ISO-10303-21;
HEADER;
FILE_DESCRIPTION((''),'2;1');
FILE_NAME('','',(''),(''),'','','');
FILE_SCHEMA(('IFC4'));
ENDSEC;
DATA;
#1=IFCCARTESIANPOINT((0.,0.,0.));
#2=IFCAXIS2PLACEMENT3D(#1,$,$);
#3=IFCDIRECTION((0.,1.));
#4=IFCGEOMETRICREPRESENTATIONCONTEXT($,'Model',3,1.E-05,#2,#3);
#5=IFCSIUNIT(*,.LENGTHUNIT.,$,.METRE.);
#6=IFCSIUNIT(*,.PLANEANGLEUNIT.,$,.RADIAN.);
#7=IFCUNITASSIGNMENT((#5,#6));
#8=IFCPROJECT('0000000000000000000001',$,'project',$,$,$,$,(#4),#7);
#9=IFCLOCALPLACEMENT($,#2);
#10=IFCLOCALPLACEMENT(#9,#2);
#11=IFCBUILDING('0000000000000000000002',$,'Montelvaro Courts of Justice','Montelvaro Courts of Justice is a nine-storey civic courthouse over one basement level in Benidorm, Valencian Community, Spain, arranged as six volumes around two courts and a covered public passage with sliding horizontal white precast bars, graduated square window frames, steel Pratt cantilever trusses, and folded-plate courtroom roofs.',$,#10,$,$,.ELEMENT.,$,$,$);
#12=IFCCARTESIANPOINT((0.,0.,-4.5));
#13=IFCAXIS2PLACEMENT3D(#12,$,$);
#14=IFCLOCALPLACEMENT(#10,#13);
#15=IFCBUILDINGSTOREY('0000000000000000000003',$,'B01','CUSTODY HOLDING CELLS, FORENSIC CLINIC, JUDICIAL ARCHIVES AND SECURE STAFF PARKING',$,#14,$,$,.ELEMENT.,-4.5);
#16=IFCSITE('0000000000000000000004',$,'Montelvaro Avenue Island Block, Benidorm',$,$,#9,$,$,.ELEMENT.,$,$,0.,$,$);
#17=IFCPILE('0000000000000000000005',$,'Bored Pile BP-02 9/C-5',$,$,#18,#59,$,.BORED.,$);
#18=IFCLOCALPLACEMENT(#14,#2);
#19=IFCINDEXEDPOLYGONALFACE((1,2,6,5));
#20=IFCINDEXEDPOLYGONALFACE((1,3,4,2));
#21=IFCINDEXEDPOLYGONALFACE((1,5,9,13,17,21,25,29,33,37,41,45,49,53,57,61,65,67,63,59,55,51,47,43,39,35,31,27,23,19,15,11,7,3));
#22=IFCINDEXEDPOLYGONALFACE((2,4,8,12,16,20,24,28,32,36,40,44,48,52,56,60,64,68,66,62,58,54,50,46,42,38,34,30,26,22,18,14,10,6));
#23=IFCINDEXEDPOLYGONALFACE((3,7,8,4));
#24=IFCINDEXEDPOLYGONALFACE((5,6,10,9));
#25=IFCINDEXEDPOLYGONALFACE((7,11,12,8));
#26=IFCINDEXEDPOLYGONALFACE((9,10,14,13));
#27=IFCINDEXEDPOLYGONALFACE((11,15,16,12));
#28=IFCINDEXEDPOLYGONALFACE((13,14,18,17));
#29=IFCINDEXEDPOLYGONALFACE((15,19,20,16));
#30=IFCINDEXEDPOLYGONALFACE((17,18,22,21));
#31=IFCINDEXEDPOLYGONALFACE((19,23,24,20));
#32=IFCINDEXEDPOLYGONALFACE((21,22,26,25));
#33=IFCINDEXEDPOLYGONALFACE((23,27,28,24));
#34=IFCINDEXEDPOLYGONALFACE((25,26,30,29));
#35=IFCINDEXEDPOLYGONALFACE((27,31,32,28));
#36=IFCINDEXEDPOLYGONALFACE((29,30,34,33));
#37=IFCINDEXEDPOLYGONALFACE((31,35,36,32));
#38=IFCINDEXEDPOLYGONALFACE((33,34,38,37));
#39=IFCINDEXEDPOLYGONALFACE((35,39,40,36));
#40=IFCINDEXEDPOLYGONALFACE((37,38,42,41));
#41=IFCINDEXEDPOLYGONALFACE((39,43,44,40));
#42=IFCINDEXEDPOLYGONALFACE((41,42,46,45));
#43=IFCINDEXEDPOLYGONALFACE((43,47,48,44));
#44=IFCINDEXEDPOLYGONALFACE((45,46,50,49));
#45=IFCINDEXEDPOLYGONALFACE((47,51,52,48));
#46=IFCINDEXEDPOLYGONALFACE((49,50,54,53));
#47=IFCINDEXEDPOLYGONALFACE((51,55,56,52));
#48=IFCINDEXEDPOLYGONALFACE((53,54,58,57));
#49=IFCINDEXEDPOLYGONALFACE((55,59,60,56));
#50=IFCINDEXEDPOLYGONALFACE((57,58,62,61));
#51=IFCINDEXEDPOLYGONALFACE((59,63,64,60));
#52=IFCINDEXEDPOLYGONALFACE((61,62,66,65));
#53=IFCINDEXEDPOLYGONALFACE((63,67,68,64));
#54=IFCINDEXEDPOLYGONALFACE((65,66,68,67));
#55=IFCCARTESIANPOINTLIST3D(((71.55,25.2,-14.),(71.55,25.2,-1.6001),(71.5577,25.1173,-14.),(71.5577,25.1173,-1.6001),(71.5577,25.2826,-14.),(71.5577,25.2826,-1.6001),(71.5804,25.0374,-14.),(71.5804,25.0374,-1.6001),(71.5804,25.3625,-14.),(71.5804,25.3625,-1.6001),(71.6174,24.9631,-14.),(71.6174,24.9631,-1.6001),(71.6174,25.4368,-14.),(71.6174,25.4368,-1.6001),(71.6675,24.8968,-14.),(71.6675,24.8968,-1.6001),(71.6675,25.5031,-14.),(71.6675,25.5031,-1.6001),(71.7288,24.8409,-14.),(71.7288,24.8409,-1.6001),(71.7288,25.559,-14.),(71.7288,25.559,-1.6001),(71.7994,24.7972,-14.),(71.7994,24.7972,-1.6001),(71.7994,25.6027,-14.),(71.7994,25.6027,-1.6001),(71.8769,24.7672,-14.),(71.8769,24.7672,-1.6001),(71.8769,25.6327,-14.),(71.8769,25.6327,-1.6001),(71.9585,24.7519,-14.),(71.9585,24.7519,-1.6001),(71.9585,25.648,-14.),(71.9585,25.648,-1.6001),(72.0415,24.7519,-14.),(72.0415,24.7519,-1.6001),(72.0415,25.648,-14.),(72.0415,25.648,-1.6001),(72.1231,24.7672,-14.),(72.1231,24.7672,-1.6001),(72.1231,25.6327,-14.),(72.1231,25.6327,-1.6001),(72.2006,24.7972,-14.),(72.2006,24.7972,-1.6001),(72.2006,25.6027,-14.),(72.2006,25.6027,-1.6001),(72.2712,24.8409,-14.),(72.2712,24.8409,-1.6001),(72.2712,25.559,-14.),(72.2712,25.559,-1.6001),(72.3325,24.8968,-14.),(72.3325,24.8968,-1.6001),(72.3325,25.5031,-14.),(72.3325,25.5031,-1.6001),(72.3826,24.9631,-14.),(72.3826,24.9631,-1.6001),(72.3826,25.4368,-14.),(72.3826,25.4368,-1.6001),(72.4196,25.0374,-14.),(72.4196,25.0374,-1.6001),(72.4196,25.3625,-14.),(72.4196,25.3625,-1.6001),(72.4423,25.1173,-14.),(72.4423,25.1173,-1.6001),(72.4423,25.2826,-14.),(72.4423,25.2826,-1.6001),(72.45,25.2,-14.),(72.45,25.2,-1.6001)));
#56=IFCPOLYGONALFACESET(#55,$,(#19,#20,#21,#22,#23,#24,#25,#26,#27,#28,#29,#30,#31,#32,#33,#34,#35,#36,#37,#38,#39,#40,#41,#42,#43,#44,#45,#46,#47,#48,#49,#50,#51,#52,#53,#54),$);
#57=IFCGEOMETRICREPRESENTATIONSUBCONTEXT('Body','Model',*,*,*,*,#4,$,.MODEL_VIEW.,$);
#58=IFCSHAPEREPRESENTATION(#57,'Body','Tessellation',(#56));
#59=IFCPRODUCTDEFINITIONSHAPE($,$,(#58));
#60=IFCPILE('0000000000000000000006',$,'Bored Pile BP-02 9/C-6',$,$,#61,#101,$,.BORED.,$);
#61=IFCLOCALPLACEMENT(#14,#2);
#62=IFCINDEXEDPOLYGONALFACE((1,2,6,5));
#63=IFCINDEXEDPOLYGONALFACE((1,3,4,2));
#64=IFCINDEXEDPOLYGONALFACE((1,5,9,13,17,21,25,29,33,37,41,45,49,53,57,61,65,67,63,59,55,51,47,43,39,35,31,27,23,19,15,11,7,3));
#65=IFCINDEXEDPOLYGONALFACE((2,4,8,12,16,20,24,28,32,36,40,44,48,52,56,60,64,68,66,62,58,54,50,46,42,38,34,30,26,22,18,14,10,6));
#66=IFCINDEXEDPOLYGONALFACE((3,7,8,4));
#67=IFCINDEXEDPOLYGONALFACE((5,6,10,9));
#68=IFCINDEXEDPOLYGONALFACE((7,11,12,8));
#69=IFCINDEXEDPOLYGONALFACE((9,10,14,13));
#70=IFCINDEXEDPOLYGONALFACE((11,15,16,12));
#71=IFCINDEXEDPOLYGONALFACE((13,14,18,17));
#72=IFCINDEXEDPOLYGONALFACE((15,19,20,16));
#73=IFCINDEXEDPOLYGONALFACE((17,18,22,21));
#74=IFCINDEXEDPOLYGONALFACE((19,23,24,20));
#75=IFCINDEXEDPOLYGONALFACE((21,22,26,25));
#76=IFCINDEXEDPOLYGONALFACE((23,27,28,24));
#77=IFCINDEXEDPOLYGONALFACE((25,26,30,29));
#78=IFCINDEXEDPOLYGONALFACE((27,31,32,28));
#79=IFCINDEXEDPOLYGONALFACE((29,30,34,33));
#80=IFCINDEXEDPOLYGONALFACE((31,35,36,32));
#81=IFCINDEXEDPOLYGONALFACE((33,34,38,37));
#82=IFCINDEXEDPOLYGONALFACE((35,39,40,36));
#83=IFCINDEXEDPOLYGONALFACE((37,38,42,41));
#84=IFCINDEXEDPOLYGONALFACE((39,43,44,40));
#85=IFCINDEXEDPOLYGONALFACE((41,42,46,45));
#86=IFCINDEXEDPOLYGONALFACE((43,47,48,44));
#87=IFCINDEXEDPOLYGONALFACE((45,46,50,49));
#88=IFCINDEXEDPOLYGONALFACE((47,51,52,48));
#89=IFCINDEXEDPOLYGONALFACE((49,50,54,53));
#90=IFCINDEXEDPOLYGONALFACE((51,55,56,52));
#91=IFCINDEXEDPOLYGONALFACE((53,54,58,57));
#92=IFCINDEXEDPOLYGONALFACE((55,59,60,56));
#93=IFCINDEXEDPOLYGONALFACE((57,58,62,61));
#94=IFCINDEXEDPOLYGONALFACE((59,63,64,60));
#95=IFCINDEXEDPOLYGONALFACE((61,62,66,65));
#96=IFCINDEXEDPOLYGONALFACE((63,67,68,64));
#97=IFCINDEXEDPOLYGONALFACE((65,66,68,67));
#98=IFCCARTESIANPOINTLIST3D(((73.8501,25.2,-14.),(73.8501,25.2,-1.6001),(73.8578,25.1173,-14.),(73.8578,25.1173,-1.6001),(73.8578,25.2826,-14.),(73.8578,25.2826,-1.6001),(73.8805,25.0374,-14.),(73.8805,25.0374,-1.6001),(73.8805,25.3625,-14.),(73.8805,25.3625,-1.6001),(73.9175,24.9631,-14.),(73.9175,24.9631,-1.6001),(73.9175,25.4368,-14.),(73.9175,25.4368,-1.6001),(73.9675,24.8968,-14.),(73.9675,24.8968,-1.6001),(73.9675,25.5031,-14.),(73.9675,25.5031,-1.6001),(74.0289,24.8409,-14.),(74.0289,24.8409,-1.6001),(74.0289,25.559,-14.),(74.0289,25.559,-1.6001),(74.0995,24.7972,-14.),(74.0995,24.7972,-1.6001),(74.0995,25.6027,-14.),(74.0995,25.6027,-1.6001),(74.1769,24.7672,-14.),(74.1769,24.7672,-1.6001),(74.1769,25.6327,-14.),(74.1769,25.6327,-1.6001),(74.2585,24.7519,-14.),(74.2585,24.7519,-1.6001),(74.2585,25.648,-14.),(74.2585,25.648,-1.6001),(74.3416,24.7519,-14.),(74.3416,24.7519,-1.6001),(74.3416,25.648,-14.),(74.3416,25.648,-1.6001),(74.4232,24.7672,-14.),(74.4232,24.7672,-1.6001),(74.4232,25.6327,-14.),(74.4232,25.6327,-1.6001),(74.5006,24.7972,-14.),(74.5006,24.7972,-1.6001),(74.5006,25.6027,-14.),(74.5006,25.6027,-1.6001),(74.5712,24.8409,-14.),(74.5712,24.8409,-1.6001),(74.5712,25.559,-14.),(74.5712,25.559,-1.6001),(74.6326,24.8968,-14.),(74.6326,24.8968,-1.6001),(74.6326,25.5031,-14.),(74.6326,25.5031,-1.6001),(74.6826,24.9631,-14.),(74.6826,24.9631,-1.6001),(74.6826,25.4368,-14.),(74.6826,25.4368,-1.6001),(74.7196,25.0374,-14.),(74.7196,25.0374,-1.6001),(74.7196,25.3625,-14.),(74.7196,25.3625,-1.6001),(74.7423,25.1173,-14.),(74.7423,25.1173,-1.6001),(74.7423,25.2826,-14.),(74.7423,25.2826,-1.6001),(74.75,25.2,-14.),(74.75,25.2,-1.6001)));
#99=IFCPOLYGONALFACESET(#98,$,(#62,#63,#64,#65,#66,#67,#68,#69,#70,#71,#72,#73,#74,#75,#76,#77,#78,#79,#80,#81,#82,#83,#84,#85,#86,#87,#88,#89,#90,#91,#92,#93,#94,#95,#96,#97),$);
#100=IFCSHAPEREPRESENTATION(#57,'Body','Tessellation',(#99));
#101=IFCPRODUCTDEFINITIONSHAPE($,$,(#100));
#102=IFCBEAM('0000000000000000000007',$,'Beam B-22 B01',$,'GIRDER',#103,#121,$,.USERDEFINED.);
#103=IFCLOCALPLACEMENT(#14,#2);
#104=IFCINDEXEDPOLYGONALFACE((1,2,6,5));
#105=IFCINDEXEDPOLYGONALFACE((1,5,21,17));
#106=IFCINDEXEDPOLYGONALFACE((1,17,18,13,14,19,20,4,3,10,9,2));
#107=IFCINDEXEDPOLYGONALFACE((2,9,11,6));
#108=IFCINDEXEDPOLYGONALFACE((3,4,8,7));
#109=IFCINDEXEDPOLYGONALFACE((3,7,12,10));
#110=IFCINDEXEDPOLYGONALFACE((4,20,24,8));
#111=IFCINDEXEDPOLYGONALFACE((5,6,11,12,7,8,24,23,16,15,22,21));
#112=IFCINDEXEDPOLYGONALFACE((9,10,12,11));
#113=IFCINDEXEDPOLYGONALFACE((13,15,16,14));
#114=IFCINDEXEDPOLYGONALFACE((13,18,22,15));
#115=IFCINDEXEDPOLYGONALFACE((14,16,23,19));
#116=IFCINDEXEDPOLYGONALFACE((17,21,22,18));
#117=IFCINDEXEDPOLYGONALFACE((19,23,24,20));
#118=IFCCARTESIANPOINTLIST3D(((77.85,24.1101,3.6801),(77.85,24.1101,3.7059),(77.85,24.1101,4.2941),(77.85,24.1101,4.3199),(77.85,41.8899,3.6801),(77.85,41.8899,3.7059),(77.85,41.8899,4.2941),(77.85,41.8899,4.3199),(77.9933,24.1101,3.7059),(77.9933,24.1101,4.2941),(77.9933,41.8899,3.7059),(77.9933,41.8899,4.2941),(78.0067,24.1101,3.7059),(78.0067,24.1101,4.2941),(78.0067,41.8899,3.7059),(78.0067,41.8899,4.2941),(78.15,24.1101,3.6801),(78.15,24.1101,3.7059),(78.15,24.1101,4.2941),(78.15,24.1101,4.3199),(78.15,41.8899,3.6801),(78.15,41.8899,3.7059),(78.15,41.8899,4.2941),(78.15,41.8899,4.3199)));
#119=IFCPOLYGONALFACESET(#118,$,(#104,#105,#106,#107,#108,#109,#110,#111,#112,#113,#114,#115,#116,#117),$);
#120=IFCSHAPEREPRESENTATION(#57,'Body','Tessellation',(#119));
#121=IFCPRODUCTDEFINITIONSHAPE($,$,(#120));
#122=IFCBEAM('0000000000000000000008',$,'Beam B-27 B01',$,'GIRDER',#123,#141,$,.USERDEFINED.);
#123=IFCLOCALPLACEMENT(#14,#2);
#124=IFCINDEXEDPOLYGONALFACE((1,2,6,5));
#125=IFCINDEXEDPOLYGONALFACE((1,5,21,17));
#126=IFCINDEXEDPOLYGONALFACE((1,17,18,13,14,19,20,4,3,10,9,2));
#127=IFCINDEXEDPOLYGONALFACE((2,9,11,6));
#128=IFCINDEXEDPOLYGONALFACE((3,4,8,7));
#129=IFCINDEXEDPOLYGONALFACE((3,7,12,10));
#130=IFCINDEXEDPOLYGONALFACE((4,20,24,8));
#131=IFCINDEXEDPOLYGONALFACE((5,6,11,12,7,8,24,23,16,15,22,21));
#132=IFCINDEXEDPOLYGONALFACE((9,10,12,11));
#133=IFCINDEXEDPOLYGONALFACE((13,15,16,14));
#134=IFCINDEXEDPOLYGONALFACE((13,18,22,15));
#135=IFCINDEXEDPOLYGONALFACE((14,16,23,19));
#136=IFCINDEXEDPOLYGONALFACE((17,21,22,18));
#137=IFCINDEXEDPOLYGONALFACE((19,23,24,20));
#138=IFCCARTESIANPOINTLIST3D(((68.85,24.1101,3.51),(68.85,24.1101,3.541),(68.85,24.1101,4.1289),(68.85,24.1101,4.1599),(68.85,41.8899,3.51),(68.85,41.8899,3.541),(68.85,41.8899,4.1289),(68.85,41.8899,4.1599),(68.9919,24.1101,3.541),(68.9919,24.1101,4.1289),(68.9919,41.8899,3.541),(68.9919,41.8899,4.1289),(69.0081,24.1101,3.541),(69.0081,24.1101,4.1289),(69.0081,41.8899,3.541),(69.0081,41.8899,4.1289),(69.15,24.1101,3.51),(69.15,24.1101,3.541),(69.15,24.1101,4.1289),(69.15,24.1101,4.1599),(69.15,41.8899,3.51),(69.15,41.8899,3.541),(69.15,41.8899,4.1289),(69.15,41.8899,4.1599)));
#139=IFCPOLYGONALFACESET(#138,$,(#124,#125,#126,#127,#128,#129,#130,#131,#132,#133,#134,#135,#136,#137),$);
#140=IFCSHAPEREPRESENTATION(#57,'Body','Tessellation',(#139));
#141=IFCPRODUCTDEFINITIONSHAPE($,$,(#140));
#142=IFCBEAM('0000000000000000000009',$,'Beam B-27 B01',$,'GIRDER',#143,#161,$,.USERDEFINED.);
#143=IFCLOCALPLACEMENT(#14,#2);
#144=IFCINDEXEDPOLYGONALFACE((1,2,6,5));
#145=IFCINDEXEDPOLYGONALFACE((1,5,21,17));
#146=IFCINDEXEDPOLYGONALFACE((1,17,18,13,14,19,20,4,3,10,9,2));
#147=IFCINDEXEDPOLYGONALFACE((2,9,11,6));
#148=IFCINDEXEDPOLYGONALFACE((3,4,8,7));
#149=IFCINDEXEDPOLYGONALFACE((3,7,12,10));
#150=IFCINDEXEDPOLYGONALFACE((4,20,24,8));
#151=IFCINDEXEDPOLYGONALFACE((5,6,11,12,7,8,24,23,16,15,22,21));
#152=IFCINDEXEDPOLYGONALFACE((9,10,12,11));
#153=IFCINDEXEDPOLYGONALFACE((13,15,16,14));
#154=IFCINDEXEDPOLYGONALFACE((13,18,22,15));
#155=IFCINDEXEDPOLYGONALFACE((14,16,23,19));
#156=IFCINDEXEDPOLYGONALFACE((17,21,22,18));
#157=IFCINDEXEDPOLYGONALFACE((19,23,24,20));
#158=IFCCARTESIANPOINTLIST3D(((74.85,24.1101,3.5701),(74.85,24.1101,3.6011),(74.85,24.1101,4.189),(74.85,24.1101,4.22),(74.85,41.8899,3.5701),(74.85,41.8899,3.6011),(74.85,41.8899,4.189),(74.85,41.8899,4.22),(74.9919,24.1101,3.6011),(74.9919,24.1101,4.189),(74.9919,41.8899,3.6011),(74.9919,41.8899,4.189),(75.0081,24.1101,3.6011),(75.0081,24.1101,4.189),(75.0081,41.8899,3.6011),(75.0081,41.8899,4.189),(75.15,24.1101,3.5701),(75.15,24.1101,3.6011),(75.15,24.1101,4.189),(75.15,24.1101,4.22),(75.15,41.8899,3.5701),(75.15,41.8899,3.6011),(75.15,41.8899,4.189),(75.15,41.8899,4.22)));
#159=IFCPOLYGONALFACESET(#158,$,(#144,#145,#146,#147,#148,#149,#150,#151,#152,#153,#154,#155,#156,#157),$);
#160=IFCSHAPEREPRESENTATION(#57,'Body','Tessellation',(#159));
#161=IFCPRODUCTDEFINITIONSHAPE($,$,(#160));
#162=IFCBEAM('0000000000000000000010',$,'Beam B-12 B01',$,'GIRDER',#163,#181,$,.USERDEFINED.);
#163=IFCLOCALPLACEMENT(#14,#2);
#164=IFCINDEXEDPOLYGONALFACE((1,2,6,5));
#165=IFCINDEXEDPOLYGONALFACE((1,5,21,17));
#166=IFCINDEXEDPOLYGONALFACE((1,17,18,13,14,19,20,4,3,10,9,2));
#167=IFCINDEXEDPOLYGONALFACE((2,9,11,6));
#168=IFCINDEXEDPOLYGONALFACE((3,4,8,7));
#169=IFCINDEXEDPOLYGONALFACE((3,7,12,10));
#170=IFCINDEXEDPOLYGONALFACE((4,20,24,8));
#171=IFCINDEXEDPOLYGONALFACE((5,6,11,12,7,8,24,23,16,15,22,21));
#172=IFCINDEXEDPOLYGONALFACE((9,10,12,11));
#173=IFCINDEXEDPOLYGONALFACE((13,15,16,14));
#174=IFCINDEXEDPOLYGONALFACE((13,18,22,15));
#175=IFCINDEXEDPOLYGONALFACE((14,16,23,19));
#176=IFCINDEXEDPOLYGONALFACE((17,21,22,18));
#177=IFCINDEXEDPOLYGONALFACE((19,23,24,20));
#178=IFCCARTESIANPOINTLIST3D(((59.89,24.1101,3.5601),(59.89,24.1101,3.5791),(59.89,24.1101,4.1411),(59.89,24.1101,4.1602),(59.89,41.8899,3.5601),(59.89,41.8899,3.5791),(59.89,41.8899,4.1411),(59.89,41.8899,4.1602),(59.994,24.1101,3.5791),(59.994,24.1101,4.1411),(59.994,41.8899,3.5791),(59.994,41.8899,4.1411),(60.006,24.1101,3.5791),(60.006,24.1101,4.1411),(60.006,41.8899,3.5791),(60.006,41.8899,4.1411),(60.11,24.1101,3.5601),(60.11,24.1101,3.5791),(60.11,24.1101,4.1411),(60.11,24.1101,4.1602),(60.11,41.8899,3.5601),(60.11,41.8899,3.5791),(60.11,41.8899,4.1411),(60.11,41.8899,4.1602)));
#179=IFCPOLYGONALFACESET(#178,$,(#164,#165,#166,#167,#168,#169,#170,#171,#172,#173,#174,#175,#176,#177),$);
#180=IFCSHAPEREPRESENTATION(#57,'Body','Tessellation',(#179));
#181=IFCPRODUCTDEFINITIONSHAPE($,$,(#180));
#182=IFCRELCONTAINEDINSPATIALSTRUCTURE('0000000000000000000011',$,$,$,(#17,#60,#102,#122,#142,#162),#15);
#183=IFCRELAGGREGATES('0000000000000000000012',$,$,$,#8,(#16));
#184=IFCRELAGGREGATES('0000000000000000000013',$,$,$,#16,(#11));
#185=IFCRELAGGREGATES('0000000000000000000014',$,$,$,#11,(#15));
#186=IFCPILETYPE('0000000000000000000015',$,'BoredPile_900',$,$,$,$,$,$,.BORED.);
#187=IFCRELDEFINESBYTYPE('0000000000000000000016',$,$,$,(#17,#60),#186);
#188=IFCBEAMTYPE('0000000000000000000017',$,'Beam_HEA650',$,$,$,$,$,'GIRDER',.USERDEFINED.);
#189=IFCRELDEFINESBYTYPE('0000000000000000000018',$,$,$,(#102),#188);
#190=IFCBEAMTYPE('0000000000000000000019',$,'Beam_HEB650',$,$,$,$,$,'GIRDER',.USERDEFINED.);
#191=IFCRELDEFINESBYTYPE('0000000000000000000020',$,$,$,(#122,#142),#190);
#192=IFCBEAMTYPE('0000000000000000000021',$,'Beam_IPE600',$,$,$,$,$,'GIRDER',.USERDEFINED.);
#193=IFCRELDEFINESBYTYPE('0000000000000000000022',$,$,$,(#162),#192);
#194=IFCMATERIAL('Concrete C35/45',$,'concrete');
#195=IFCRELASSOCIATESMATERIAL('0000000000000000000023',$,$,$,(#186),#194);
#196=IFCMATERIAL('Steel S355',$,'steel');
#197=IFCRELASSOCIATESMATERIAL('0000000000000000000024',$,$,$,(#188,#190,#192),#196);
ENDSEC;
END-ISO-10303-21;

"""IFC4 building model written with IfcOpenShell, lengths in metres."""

from ifc_helpers import new_model, si_unit, direction, frame, origin, origin_2d, place, context, subcontext, project, spatial, circle, i_section, extrude, material, material_profile, profile_set, type_object, element, save


model = new_model("IFC4")

# Units and contexts
model_context = context("Model", 3, precision=1e-05, world=origin(), true_north=direction((0.0, 1.0)))
body_context = subcontext(model_context, "Body", "Model", "MODEL_VIEW")
ifc_project = project(units=[si_unit("LENGTHUNIT", "METRE"), si_unit("PLANEANGLEUNIT", "RADIAN")], contexts=[model_context])

# Site, building, storey
site_placement = place(None, origin())
site = spatial("IfcSite", under=ifc_project, at=site_placement, Name="Montelvaro Avenue Island Block, Benidorm", CompositionType="ELEMENT", RefElevation=0.0)
building_placement = place(site_placement, origin())
building = spatial("IfcBuilding", under=site, at=building_placement, Name="Montelvaro Courts of Justice", Description="Montelvaro Courts of Justice is a nine-storey civic courthouse over one basement level in Benidorm, Valencian Community, Spain, arranged as six volumes around two courts and a covered public passage with sliding horizontal white precast bars, graduated square window frames, steel Pratt cantilever trusses, and folded-plate courtroom roofs.", CompositionType="ELEMENT")
storey_placement = place(building_placement, frame((0.0, 0.0, -4.5)))
storey = spatial("IfcBuildingStorey", under=building, at=storey_placement, Name="B01", Description="CUSTODY HOLDING CELLS, FORENSIC CLINIC, JUDICIAL ARCHIVES AND SECURE STAFF PARKING", CompositionType="ELEMENT", Elevation=-4.5)

# Piles
ifc_material_1 = material(Name="Concrete C35/45", Category="concrete")
ifc_material_profile_1 = material_profile(ifc_material_1, circle(Radius=0.45, at=origin_2d()), Name="BORED PILE D900")
ifc_profile_set_1 = profile_set([ifc_material_profile_1], Name="Concrete C35/45")
pile_type_1 = type_object("IfcPileType", Name="BoredPile_900", PredefinedType="BORED", material=ifc_profile_set_1)
for number, where, z_axis, x_axis, name in (
    (1, (72.0, 25.2, -1.6001), (0.0, 0.0, -1.0), (1.0, 0.0, 0.0), "Bored Pile BP-02 9/C-5"),
    (2, (74.3, 25.2, -1.6001), (0.0, 0.0, -1.0), (1.0, 0.0, 0.0), "Bored Pile BP-02 9/C-6"),
):
    element("IfcPile", number, at=place(storey_placement, frame(where, z_axis=z_axis, x_axis=x_axis)), inside=storey, type_object=pile_type_1, Name=name, PredefinedType="BORED", context=body_context, shape_type="SweptSolid", body=[
        extrude(circle(Radius=0.45, at=origin_2d()), origin(), (0.0, 0.0, 1.0), 12.3999),
    ])

# Beams
ifc_material_2 = material(Name="Steel S355", Category="steel")
ifc_material_profile_2 = material_profile(ifc_material_2, i_section(OverallWidth=0.3, OverallDepth=0.6399, WebThickness=0.0134, FlangeThickness=0.0259, at=origin_2d()), Name="HEA 650")
ifc_profile_set_2 = profile_set([ifc_material_profile_2], Name="Steel S355")
beam_type_1 = type_object("IfcBeamType", Name="Beam_HEA650", ElementType="GIRDER", PredefinedType="USERDEFINED", material=ifc_profile_set_2)
beam_placement = place(storey_placement, frame((78.0, 24.1101, 4.0), z_axis=(0.0, 1.0, 0.0), x_axis=(-1.0, 0.0, 0.0)))
element("IfcBeam", 3, at=beam_placement, inside=storey, type_object=beam_type_1, Name="Beam B-22 B01", ObjectType="GIRDER", PredefinedType="USERDEFINED", context=body_context, shape_type="SweptSolid", body=[
    extrude(i_section(OverallWidth=0.3, OverallDepth=0.6399, WebThickness=0.0134, FlangeThickness=0.0259, at=origin_2d()), origin(), (0.0, 0.0, 1.0), 17.7798),
])
ifc_material_profile_3 = material_profile(ifc_material_2, i_section(OverallWidth=0.3, OverallDepth=0.6499, WebThickness=0.0161, FlangeThickness=0.031, at=origin_2d()), Name="HEB 650")
ifc_profile_set_3 = profile_set([ifc_material_profile_3], Name="Steel S355")
beam_type_2 = type_object("IfcBeamType", Name="Beam_HEB650", ElementType="GIRDER", PredefinedType="USERDEFINED", material=ifc_profile_set_3)
for number, where, z_axis, x_axis, name in (
    (4, (69.0, 24.1101, 3.835), (0.0, 1.0, 0.0), (-1.0, 0.0, 0.0), "Beam B-27 B01"),
    (5, (75.0, 24.1101, 3.895), (0.0, 1.0, 0.0), (-1.0, 0.0, 0.0), "Beam B-27 B01"),
):
    element("IfcBeam", number, at=place(storey_placement, frame(where, z_axis=z_axis, x_axis=x_axis)), inside=storey, type_object=beam_type_2, Name=name, ObjectType="GIRDER", PredefinedType="USERDEFINED", context=body_context, shape_type="SweptSolid", body=[
        extrude(i_section(OverallWidth=0.3, OverallDepth=0.6499, WebThickness=0.0161, FlangeThickness=0.031, at=origin_2d()), origin(), (0.0, 0.0, 1.0), 17.7798),
    ])
ifc_material_profile_4 = material_profile(ifc_material_2, i_section(OverallWidth=0.22, OverallDepth=0.6001, WebThickness=0.012, FlangeThickness=0.019, at=origin_2d()), Name="IPE 600")
ifc_profile_set_4 = profile_set([ifc_material_profile_4], Name="Steel S355")
beam_type_3 = type_object("IfcBeamType", Name="Beam_IPE600", ElementType="GIRDER", PredefinedType="USERDEFINED", material=ifc_profile_set_4)
for number, where, z_axis, x_axis, name in (
    (6, (60.0, 24.1101, 3.8601), (0.0, 1.0, 0.0), (-1.0, 0.0, 0.0), "Beam B-12 B01"),
):
    element("IfcBeam", number, at=place(storey_placement, frame(where, z_axis=z_axis, x_axis=x_axis)), inside=storey, type_object=beam_type_3, Name=name, ObjectType="GIRDER", PredefinedType="USERDEFINED", context=body_context, shape_type="SweptSolid", body=[
        extrude(i_section(OverallWidth=0.22, OverallDepth=0.6001, WebThickness=0.012, FlangeThickness=0.019, at=origin_2d()), origin(), (0.0, 0.0, 1.0), 17.7798),
    ])

save(model, "model.ifc")
